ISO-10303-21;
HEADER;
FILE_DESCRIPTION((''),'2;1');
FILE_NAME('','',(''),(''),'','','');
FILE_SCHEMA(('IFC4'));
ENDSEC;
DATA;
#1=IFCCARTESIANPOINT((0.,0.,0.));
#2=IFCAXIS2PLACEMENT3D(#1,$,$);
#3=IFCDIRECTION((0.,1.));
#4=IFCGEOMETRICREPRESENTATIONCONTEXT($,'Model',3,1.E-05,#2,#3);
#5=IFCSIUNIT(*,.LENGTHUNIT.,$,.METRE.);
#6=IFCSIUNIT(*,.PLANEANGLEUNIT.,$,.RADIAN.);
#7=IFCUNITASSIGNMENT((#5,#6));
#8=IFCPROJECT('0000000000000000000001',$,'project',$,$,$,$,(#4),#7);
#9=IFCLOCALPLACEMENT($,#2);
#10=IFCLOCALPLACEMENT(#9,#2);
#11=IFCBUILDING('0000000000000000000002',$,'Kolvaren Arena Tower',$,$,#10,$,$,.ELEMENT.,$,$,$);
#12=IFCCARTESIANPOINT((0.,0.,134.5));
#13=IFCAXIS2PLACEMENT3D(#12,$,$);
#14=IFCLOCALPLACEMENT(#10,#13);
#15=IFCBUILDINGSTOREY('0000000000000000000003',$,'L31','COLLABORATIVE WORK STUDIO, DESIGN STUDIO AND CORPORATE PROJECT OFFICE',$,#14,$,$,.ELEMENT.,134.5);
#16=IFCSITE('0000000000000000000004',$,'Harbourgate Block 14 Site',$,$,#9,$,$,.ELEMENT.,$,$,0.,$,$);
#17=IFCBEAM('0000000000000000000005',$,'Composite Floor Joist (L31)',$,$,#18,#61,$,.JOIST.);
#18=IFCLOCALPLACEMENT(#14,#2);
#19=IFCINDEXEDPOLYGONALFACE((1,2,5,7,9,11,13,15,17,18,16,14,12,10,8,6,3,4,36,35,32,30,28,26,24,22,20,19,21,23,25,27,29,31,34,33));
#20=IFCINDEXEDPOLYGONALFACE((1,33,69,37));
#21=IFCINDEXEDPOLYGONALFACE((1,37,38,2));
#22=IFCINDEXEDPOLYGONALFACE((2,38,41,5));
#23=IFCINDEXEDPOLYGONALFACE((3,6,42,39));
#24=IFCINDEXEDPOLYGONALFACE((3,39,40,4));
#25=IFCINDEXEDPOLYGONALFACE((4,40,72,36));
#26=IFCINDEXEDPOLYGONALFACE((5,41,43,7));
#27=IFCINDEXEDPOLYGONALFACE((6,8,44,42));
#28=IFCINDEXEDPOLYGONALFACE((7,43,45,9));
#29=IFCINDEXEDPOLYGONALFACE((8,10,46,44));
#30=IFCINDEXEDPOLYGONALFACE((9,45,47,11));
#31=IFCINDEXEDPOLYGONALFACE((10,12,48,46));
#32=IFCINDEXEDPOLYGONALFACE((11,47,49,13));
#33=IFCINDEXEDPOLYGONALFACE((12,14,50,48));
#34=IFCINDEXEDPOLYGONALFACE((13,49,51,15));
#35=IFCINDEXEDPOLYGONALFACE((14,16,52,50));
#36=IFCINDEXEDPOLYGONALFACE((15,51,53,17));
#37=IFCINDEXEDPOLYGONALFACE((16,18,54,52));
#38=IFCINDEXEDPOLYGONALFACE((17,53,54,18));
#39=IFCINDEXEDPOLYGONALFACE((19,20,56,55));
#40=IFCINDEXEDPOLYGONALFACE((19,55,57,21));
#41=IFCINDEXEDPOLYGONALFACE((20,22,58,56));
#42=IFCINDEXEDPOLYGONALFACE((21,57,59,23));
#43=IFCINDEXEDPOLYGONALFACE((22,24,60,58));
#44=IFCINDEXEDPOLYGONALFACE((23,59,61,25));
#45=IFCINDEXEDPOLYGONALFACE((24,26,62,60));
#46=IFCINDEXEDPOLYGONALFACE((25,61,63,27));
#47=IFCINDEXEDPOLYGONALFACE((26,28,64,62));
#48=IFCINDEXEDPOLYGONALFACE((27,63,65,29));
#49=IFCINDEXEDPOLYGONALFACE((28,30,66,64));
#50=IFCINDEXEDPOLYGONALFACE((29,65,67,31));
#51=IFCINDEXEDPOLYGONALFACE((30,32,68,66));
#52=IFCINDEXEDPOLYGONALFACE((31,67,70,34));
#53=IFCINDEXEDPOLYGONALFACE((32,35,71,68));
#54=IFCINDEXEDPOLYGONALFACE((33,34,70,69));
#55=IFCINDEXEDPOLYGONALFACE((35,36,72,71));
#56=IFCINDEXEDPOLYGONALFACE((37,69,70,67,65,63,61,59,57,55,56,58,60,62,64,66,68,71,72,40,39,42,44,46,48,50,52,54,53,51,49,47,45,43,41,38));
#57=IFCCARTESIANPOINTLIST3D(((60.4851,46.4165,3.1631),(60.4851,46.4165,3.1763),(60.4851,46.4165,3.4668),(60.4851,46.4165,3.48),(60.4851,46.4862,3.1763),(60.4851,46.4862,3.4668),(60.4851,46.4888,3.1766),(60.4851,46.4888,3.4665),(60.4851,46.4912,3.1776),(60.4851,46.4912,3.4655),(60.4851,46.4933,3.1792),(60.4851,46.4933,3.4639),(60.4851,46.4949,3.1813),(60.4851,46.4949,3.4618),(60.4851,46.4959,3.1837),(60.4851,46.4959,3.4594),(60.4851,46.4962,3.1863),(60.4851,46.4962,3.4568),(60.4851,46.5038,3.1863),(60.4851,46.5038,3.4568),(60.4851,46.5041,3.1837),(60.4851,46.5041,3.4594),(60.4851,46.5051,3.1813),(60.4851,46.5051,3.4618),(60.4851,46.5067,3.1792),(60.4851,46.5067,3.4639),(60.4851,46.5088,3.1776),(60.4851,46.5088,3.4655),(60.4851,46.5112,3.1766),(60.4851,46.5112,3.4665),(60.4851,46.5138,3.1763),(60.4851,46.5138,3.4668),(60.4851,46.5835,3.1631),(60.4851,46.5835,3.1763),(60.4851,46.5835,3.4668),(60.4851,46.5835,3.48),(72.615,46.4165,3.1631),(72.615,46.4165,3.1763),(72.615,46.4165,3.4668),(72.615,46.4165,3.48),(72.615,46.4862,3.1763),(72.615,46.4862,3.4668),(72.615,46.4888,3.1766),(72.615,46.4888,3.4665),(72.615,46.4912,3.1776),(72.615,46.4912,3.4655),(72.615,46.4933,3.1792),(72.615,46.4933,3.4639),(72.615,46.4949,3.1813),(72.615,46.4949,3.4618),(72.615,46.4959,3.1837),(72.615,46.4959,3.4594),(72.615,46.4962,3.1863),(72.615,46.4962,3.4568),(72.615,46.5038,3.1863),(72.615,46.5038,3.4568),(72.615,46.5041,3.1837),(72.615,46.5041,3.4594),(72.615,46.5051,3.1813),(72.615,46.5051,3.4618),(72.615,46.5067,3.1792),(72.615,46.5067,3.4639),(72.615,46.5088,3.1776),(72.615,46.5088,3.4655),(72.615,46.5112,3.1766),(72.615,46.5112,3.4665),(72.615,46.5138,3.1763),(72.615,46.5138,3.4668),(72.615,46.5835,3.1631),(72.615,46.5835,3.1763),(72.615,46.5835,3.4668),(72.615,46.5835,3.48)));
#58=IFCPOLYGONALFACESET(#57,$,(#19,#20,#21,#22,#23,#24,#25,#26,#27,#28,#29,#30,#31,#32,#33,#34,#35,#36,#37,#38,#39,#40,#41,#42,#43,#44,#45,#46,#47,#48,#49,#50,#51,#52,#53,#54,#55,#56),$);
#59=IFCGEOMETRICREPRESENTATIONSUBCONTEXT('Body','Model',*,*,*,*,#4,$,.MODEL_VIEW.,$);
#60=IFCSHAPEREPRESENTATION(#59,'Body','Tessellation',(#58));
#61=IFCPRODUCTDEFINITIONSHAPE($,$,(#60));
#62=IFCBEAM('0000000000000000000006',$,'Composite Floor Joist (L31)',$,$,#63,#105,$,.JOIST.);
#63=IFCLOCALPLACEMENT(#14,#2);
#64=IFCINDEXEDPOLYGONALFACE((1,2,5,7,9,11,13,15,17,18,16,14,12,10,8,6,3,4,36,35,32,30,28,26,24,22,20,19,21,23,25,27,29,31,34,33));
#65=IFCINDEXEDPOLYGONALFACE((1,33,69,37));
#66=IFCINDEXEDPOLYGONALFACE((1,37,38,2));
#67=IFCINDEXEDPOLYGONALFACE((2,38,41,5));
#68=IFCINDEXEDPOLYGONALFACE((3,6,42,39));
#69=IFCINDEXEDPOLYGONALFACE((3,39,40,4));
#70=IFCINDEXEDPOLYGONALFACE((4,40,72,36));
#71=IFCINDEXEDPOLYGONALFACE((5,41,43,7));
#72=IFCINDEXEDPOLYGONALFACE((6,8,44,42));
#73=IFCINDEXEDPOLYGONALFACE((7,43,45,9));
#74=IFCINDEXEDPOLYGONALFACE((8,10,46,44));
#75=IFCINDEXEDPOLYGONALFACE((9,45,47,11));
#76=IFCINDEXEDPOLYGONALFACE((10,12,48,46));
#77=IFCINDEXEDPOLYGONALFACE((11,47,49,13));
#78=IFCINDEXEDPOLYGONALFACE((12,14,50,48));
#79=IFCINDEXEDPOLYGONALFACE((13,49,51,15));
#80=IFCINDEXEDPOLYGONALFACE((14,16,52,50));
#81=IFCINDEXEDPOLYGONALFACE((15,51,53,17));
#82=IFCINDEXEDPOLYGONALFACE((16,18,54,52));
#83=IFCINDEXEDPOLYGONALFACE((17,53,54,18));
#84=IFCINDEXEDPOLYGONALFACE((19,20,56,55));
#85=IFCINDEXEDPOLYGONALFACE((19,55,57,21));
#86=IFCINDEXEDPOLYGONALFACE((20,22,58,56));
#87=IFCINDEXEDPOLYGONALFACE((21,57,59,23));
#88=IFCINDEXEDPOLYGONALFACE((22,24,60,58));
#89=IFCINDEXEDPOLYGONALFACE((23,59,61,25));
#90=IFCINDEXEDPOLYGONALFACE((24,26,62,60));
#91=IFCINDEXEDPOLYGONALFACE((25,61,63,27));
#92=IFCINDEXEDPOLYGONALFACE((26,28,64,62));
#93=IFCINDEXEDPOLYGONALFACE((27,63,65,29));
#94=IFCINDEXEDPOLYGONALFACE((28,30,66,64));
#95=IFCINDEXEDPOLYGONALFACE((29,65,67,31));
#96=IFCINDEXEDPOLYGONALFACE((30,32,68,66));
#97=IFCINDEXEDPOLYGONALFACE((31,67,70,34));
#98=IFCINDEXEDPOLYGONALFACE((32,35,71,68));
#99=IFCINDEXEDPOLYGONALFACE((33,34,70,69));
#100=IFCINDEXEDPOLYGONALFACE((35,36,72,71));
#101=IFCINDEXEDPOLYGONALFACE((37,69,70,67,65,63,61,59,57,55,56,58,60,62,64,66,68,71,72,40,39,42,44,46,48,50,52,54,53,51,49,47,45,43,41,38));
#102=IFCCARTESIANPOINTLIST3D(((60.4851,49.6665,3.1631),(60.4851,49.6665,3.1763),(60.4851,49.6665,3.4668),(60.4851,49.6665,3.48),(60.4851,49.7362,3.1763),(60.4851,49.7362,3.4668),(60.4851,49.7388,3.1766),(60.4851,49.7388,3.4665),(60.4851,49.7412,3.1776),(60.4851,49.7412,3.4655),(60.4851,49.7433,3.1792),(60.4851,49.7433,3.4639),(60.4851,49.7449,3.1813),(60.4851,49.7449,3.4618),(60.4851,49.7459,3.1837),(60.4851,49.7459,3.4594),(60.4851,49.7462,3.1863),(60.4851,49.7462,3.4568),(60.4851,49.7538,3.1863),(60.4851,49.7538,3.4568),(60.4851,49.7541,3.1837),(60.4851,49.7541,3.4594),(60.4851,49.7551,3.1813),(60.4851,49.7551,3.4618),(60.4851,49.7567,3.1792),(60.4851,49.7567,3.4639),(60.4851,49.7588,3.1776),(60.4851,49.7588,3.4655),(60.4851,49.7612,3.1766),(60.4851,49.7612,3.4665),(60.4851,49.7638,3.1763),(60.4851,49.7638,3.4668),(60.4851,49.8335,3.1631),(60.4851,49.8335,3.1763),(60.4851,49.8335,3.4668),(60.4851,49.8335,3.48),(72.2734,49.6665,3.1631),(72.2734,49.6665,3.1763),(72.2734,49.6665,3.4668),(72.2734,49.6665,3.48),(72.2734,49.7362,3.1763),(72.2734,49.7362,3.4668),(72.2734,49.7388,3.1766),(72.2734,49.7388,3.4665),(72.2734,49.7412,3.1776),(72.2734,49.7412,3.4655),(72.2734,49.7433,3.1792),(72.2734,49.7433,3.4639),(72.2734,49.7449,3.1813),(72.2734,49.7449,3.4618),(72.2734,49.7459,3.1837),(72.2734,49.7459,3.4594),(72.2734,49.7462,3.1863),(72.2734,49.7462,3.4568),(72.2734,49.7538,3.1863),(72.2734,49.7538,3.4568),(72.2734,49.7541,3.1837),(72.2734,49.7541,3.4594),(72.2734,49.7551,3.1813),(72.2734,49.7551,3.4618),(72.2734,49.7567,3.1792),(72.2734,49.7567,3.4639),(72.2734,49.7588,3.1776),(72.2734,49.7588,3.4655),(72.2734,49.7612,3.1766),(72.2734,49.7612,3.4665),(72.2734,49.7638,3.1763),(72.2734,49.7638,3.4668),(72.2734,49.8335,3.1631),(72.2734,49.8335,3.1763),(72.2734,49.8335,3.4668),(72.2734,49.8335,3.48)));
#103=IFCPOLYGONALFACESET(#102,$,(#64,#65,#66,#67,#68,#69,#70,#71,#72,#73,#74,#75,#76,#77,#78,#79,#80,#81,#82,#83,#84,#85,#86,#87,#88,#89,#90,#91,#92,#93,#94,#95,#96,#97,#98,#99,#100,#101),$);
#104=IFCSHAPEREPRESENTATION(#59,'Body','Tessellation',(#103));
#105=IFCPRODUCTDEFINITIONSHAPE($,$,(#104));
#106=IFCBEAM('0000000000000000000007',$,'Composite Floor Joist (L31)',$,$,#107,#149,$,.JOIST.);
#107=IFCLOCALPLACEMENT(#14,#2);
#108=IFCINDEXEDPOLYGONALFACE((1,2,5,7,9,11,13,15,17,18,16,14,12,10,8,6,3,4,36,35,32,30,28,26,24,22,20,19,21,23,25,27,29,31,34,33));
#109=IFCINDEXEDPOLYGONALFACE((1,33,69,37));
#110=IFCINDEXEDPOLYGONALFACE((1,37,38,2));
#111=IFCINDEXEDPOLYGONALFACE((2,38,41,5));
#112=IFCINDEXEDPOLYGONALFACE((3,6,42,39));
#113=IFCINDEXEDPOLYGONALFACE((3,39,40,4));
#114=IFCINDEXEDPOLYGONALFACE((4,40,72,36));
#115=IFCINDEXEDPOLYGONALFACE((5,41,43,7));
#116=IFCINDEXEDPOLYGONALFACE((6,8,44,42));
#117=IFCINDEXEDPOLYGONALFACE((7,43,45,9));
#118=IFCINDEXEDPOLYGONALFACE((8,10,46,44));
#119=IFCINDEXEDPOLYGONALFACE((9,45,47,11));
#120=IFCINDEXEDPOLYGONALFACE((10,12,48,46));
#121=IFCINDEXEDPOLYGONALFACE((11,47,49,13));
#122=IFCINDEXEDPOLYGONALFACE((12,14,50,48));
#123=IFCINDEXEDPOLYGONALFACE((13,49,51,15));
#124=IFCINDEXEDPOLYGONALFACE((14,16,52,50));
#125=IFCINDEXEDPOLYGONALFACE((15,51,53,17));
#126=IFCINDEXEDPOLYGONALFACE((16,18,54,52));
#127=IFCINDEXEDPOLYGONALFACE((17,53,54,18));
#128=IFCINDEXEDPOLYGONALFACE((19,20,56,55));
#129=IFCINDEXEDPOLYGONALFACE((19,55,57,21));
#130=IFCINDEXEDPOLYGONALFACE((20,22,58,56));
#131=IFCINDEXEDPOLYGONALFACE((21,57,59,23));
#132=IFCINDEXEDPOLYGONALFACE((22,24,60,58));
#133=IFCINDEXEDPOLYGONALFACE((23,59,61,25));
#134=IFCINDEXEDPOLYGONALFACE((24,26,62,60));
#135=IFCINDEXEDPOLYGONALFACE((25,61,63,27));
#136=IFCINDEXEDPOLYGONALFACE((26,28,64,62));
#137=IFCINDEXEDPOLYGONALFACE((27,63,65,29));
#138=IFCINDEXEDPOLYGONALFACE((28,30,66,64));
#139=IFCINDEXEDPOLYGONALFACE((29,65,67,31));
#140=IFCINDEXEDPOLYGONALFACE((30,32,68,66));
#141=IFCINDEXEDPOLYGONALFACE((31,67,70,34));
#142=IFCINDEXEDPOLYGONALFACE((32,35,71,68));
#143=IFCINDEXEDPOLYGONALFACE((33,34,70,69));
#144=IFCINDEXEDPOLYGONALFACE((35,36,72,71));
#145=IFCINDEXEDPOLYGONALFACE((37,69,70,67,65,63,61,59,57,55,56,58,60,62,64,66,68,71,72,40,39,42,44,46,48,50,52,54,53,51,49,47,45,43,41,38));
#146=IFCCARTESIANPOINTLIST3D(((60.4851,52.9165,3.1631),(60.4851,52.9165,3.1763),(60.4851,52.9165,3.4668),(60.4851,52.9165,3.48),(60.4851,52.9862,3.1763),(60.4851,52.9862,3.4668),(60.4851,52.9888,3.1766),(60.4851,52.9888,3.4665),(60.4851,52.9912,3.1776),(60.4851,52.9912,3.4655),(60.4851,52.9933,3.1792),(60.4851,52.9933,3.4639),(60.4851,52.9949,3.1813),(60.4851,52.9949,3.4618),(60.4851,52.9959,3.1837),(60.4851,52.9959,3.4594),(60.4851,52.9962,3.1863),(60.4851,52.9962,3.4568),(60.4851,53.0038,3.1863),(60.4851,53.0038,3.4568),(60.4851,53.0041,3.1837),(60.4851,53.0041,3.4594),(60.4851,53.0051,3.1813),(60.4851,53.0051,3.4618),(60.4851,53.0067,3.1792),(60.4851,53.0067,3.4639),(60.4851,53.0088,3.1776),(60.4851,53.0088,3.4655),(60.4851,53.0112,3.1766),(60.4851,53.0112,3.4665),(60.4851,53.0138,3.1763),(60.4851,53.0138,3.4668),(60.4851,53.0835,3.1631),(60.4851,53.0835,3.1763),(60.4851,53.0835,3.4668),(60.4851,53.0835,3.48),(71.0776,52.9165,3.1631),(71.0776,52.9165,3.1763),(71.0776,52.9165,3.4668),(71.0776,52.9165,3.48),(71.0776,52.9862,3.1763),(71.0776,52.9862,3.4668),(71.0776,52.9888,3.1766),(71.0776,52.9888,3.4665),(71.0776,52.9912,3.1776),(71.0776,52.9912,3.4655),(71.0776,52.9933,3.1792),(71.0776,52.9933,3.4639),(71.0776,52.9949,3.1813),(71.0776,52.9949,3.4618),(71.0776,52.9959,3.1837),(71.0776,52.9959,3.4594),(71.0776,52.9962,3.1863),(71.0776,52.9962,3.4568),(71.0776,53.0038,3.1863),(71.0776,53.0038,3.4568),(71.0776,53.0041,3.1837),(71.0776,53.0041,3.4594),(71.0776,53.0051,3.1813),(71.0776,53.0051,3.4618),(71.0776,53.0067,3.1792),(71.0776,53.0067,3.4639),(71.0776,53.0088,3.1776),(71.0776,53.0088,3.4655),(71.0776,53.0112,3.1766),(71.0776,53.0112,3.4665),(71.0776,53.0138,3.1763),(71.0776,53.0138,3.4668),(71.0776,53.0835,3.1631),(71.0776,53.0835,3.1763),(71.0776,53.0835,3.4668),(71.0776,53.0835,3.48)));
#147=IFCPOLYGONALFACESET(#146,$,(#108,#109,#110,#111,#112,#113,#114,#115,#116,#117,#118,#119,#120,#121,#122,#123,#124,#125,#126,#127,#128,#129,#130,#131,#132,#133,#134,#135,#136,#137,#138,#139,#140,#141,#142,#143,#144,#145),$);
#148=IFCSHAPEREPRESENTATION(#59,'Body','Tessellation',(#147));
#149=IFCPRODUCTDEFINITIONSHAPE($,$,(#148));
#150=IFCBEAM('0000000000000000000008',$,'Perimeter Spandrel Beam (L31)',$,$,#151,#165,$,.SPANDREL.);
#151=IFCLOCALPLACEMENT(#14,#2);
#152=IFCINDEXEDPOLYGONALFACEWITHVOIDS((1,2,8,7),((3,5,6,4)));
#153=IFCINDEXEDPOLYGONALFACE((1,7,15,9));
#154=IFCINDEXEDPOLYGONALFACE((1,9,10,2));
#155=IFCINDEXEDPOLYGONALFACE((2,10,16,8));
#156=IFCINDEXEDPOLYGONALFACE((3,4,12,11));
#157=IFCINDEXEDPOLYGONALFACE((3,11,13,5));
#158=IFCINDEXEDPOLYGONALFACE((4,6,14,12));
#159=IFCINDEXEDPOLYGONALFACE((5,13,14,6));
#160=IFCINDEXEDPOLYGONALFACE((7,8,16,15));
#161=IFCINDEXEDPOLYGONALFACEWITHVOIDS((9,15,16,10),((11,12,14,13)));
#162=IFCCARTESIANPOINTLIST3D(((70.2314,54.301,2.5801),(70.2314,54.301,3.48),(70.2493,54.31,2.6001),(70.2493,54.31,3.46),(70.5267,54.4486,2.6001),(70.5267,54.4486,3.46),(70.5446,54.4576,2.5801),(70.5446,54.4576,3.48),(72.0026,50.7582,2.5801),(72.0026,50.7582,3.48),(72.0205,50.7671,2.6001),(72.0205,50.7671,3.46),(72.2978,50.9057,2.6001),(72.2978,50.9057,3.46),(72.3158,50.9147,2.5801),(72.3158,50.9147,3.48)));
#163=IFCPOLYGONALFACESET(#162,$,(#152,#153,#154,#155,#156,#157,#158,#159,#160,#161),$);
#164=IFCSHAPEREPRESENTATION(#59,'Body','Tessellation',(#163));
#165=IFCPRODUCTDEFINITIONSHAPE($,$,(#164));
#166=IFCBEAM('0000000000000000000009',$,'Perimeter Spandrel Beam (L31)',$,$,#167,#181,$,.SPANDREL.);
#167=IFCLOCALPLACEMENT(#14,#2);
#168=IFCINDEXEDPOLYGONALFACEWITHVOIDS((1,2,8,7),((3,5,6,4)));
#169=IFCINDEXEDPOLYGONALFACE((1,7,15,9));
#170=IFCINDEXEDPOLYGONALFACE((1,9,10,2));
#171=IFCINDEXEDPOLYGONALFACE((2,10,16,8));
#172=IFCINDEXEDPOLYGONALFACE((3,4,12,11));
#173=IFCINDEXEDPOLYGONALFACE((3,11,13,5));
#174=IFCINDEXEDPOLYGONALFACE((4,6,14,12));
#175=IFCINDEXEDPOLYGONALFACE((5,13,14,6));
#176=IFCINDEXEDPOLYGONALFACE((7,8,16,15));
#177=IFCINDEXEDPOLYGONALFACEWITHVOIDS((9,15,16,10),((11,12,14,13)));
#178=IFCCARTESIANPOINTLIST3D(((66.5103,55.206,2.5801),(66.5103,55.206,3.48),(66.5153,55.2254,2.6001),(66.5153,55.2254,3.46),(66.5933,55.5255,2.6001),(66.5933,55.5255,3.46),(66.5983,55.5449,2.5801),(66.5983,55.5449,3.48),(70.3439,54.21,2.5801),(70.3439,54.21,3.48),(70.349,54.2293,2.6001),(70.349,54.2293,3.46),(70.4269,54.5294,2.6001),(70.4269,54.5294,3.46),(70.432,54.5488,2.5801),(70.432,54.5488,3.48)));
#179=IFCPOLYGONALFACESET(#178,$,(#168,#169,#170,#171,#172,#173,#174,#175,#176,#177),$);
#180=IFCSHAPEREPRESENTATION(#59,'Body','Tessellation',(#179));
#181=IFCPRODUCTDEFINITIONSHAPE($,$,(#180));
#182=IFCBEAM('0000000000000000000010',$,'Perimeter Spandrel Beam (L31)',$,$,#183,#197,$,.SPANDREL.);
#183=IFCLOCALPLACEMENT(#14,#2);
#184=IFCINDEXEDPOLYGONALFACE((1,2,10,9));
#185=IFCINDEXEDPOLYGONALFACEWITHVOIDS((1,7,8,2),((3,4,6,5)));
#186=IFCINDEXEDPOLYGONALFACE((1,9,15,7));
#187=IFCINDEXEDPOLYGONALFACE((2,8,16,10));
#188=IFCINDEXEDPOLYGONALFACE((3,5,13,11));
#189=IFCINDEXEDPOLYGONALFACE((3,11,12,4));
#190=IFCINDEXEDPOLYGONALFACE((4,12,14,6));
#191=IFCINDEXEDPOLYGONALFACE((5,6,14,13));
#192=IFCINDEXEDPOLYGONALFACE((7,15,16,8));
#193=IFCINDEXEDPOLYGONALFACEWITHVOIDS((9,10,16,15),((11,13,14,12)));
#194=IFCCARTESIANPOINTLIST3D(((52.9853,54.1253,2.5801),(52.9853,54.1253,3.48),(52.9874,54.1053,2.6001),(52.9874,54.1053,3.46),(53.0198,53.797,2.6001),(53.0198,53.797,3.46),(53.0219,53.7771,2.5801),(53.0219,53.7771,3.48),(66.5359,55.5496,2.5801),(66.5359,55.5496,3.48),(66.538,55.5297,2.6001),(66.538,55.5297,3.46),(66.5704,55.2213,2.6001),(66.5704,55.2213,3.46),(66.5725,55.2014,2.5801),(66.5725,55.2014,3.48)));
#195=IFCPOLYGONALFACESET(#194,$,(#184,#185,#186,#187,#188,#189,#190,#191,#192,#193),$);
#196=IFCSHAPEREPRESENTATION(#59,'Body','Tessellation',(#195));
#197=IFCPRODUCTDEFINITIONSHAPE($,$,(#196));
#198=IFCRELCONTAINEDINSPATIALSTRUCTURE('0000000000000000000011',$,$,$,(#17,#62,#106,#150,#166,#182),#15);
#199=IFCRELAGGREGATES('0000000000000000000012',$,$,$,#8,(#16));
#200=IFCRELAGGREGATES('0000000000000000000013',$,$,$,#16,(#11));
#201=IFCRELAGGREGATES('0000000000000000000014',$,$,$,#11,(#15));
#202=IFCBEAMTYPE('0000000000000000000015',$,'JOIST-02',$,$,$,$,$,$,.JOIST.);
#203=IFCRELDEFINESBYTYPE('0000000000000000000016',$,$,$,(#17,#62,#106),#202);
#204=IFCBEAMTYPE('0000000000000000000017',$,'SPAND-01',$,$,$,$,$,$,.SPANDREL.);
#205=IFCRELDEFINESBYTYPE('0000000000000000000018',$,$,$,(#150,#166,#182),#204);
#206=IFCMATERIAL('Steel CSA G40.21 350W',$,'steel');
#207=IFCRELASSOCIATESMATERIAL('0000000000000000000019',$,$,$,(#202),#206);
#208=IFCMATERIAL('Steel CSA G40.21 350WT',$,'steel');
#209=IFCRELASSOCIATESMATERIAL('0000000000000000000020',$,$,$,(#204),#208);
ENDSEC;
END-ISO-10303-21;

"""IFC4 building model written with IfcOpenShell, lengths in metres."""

from ifc_helpers import new_model, si_unit, direction, frame, origin, origin_2d, place, context, subcontext, project, spatial, hollow_rectangle, i_section, extrude, material, material_profile, profile_set, type_object, element, save


model = new_model("IFC4")

# Units and contexts
model_context = context("Model", 3, precision=1e-05, world=origin(), true_north=direction((0.0, 1.0)))
body_context = subcontext(model_context, "Body", "Model", "MODEL_VIEW")
ifc_project = project(units=[si_unit("LENGTHUNIT", "METRE"), si_unit("PLANEANGLEUNIT", "RADIAN")], contexts=[model_context])

# Site, building, storey
site_placement = place(None, origin())
site = spatial("IfcSite", under=ifc_project, at=site_placement, Name="Harbourgate Block 14 Site", CompositionType="ELEMENT", RefElevation=0.0)
building_placement = place(site_placement, origin())
building = spatial("IfcBuilding", under=site, at=building_placement, Name="Kolvaren Arena Tower", CompositionType="ELEMENT")
storey_placement = place(building_placement, frame((0.0, 0.0, 134.5)))
storey = spatial("IfcBuildingStorey", under=building, at=storey_placement, Name="L31", Description="COLLABORATIVE WORK STUDIO, DESIGN STUDIO AND CORPORATE PROJECT OFFICE", CompositionType="ELEMENT", Elevation=134.5)

# Beams
ifc_material_1 = material(Name="Steel CSA G40.21 350W", Category="steel")
ifc_material_profile_1 = material_profile(ifc_material_1, i_section(OverallWidth=0.167, OverallDepth=0.3169, WebThickness=0.0076, FlangeThickness=0.0132, FilletRadius=0.01, at=origin_2d()), Name="W310x52")
ifc_profile_set_1 = profile_set([ifc_material_profile_1], Name="Steel CSA G40.21 350W")
beam_type_1 = type_object("IfcBeamType", Name="JOIST-02", PredefinedType="JOIST", material=ifc_profile_set_1)
beam_1_placement = place(storey_placement, frame((60.4851, 46.5, 3.3215), z_axis=(1.0, 0.0, 0.0), x_axis=(0.0, 1.0, 0.0)))
element("IfcBeam", 1, at=beam_1_placement, inside=storey, type_object=beam_type_1, Name="Composite Floor Joist (L31)", PredefinedType="JOIST", context=body_context, shape_type="SweptSolid", body=[
    extrude(i_section(OverallWidth=0.167, OverallDepth=0.3169, WebThickness=0.0076, FlangeThickness=0.0132, FilletRadius=0.01, at=origin_2d()), origin(), (0.0, 0.0, 1.0), 12.1299),
])
beam_2_placement = place(storey_placement, frame((60.4851, 49.75, 3.3215), z_axis=(1.0, 0.0, 0.0), x_axis=(0.0, 1.0, 0.0)))
element("IfcBeam", 2, at=beam_2_placement, inside=storey, type_object=beam_type_1, Name="Composite Floor Joist (L31)", PredefinedType="JOIST", context=body_context, shape_type="SweptSolid", body=[
    extrude(i_section(OverallWidth=0.167, OverallDepth=0.3169, WebThickness=0.0076, FlangeThickness=0.0132, FilletRadius=0.01, at=origin_2d()), origin(), (0.0, 0.0, 1.0), 11.7883),
])
beam_3_placement = place(storey_placement, frame((60.4851, 53.0, 3.3215), z_axis=(1.0, 0.0, 0.0), x_axis=(0.0, 1.0, 0.0)))
element("IfcBeam", 3, at=beam_3_placement, inside=storey, type_object=beam_type_1, Name="Composite Floor Joist (L31)", PredefinedType="JOIST", context=body_context, shape_type="SweptSolid", body=[
    extrude(i_section(OverallWidth=0.167, OverallDepth=0.3169, WebThickness=0.0076, FlangeThickness=0.0132, FilletRadius=0.01, at=origin_2d()), origin(), (0.0, 0.0, 1.0), 10.5925),
])
ifc_material_2 = material(Name="Steel CSA G40.21 350WT", Category="steel")
ifc_material_profile_2 = material_profile(ifc_material_2, hollow_rectangle(XDim=0.3501, YDim=0.8999, WallThickness=0.02, at=origin_2d()), Name="HSS 900x350x20")
ifc_profile_set_2 = profile_set([ifc_material_profile_2], Name="Steel CSA G40.21 350WT")
beam_type_2 = type_object("IfcBeamType", Name="SPAND-01", PredefinedType="SPANDREL", material=ifc_profile_set_2)
for number, where, z_axis, x_axis, name in (
    (4, (72.1592, 50.8364, 3.03), (-0.447164, 0.894452, 0.0), (-0.894452, -0.447164, 0.0), "Perimeter Spandrel Beam (L31)"),
    (5, (70.3879, 54.3794, 3.03), (-0.967864, 0.251473, 0.0), (-0.251473, -0.967864, 0.0), "Perimeter Spandrel Beam (L31)"),
):
    element("IfcBeam", number, at=place(storey_placement, frame(where, z_axis=z_axis, x_axis=x_axis)), inside=storey, type_object=beam_type_2, Name=name, PredefinedType="SPANDREL", context=body_context, shape_type="SweptSolid", body=[
        extrude(hollow_rectangle(XDim=0.3501, YDim=0.8999, WallThickness=0.02, at=origin_2d()), origin(), (0.0, 0.0, 1.0), 3.9609),
    ])
beam_4_placement = place(storey_placement, frame((66.5542, 55.3755, 3.03), z_axis=(-0.994521, -0.104536, 0.0), x_axis=(0.104536, -0.994521, 0.0)))
element("IfcBeam", 6, at=beam_4_placement, inside=storey, type_object=beam_type_2, Name="Perimeter Spandrel Beam (L31)", PredefinedType="SPANDREL", context=body_context, shape_type="SweptSolid", body=[
    extrude(hollow_rectangle(XDim=0.3501, YDim=0.8999, WallThickness=0.02, at=origin_2d()), origin(), (0.0, 0.0, 1.0), 13.6252),
])

save(model, "model.ifc")
